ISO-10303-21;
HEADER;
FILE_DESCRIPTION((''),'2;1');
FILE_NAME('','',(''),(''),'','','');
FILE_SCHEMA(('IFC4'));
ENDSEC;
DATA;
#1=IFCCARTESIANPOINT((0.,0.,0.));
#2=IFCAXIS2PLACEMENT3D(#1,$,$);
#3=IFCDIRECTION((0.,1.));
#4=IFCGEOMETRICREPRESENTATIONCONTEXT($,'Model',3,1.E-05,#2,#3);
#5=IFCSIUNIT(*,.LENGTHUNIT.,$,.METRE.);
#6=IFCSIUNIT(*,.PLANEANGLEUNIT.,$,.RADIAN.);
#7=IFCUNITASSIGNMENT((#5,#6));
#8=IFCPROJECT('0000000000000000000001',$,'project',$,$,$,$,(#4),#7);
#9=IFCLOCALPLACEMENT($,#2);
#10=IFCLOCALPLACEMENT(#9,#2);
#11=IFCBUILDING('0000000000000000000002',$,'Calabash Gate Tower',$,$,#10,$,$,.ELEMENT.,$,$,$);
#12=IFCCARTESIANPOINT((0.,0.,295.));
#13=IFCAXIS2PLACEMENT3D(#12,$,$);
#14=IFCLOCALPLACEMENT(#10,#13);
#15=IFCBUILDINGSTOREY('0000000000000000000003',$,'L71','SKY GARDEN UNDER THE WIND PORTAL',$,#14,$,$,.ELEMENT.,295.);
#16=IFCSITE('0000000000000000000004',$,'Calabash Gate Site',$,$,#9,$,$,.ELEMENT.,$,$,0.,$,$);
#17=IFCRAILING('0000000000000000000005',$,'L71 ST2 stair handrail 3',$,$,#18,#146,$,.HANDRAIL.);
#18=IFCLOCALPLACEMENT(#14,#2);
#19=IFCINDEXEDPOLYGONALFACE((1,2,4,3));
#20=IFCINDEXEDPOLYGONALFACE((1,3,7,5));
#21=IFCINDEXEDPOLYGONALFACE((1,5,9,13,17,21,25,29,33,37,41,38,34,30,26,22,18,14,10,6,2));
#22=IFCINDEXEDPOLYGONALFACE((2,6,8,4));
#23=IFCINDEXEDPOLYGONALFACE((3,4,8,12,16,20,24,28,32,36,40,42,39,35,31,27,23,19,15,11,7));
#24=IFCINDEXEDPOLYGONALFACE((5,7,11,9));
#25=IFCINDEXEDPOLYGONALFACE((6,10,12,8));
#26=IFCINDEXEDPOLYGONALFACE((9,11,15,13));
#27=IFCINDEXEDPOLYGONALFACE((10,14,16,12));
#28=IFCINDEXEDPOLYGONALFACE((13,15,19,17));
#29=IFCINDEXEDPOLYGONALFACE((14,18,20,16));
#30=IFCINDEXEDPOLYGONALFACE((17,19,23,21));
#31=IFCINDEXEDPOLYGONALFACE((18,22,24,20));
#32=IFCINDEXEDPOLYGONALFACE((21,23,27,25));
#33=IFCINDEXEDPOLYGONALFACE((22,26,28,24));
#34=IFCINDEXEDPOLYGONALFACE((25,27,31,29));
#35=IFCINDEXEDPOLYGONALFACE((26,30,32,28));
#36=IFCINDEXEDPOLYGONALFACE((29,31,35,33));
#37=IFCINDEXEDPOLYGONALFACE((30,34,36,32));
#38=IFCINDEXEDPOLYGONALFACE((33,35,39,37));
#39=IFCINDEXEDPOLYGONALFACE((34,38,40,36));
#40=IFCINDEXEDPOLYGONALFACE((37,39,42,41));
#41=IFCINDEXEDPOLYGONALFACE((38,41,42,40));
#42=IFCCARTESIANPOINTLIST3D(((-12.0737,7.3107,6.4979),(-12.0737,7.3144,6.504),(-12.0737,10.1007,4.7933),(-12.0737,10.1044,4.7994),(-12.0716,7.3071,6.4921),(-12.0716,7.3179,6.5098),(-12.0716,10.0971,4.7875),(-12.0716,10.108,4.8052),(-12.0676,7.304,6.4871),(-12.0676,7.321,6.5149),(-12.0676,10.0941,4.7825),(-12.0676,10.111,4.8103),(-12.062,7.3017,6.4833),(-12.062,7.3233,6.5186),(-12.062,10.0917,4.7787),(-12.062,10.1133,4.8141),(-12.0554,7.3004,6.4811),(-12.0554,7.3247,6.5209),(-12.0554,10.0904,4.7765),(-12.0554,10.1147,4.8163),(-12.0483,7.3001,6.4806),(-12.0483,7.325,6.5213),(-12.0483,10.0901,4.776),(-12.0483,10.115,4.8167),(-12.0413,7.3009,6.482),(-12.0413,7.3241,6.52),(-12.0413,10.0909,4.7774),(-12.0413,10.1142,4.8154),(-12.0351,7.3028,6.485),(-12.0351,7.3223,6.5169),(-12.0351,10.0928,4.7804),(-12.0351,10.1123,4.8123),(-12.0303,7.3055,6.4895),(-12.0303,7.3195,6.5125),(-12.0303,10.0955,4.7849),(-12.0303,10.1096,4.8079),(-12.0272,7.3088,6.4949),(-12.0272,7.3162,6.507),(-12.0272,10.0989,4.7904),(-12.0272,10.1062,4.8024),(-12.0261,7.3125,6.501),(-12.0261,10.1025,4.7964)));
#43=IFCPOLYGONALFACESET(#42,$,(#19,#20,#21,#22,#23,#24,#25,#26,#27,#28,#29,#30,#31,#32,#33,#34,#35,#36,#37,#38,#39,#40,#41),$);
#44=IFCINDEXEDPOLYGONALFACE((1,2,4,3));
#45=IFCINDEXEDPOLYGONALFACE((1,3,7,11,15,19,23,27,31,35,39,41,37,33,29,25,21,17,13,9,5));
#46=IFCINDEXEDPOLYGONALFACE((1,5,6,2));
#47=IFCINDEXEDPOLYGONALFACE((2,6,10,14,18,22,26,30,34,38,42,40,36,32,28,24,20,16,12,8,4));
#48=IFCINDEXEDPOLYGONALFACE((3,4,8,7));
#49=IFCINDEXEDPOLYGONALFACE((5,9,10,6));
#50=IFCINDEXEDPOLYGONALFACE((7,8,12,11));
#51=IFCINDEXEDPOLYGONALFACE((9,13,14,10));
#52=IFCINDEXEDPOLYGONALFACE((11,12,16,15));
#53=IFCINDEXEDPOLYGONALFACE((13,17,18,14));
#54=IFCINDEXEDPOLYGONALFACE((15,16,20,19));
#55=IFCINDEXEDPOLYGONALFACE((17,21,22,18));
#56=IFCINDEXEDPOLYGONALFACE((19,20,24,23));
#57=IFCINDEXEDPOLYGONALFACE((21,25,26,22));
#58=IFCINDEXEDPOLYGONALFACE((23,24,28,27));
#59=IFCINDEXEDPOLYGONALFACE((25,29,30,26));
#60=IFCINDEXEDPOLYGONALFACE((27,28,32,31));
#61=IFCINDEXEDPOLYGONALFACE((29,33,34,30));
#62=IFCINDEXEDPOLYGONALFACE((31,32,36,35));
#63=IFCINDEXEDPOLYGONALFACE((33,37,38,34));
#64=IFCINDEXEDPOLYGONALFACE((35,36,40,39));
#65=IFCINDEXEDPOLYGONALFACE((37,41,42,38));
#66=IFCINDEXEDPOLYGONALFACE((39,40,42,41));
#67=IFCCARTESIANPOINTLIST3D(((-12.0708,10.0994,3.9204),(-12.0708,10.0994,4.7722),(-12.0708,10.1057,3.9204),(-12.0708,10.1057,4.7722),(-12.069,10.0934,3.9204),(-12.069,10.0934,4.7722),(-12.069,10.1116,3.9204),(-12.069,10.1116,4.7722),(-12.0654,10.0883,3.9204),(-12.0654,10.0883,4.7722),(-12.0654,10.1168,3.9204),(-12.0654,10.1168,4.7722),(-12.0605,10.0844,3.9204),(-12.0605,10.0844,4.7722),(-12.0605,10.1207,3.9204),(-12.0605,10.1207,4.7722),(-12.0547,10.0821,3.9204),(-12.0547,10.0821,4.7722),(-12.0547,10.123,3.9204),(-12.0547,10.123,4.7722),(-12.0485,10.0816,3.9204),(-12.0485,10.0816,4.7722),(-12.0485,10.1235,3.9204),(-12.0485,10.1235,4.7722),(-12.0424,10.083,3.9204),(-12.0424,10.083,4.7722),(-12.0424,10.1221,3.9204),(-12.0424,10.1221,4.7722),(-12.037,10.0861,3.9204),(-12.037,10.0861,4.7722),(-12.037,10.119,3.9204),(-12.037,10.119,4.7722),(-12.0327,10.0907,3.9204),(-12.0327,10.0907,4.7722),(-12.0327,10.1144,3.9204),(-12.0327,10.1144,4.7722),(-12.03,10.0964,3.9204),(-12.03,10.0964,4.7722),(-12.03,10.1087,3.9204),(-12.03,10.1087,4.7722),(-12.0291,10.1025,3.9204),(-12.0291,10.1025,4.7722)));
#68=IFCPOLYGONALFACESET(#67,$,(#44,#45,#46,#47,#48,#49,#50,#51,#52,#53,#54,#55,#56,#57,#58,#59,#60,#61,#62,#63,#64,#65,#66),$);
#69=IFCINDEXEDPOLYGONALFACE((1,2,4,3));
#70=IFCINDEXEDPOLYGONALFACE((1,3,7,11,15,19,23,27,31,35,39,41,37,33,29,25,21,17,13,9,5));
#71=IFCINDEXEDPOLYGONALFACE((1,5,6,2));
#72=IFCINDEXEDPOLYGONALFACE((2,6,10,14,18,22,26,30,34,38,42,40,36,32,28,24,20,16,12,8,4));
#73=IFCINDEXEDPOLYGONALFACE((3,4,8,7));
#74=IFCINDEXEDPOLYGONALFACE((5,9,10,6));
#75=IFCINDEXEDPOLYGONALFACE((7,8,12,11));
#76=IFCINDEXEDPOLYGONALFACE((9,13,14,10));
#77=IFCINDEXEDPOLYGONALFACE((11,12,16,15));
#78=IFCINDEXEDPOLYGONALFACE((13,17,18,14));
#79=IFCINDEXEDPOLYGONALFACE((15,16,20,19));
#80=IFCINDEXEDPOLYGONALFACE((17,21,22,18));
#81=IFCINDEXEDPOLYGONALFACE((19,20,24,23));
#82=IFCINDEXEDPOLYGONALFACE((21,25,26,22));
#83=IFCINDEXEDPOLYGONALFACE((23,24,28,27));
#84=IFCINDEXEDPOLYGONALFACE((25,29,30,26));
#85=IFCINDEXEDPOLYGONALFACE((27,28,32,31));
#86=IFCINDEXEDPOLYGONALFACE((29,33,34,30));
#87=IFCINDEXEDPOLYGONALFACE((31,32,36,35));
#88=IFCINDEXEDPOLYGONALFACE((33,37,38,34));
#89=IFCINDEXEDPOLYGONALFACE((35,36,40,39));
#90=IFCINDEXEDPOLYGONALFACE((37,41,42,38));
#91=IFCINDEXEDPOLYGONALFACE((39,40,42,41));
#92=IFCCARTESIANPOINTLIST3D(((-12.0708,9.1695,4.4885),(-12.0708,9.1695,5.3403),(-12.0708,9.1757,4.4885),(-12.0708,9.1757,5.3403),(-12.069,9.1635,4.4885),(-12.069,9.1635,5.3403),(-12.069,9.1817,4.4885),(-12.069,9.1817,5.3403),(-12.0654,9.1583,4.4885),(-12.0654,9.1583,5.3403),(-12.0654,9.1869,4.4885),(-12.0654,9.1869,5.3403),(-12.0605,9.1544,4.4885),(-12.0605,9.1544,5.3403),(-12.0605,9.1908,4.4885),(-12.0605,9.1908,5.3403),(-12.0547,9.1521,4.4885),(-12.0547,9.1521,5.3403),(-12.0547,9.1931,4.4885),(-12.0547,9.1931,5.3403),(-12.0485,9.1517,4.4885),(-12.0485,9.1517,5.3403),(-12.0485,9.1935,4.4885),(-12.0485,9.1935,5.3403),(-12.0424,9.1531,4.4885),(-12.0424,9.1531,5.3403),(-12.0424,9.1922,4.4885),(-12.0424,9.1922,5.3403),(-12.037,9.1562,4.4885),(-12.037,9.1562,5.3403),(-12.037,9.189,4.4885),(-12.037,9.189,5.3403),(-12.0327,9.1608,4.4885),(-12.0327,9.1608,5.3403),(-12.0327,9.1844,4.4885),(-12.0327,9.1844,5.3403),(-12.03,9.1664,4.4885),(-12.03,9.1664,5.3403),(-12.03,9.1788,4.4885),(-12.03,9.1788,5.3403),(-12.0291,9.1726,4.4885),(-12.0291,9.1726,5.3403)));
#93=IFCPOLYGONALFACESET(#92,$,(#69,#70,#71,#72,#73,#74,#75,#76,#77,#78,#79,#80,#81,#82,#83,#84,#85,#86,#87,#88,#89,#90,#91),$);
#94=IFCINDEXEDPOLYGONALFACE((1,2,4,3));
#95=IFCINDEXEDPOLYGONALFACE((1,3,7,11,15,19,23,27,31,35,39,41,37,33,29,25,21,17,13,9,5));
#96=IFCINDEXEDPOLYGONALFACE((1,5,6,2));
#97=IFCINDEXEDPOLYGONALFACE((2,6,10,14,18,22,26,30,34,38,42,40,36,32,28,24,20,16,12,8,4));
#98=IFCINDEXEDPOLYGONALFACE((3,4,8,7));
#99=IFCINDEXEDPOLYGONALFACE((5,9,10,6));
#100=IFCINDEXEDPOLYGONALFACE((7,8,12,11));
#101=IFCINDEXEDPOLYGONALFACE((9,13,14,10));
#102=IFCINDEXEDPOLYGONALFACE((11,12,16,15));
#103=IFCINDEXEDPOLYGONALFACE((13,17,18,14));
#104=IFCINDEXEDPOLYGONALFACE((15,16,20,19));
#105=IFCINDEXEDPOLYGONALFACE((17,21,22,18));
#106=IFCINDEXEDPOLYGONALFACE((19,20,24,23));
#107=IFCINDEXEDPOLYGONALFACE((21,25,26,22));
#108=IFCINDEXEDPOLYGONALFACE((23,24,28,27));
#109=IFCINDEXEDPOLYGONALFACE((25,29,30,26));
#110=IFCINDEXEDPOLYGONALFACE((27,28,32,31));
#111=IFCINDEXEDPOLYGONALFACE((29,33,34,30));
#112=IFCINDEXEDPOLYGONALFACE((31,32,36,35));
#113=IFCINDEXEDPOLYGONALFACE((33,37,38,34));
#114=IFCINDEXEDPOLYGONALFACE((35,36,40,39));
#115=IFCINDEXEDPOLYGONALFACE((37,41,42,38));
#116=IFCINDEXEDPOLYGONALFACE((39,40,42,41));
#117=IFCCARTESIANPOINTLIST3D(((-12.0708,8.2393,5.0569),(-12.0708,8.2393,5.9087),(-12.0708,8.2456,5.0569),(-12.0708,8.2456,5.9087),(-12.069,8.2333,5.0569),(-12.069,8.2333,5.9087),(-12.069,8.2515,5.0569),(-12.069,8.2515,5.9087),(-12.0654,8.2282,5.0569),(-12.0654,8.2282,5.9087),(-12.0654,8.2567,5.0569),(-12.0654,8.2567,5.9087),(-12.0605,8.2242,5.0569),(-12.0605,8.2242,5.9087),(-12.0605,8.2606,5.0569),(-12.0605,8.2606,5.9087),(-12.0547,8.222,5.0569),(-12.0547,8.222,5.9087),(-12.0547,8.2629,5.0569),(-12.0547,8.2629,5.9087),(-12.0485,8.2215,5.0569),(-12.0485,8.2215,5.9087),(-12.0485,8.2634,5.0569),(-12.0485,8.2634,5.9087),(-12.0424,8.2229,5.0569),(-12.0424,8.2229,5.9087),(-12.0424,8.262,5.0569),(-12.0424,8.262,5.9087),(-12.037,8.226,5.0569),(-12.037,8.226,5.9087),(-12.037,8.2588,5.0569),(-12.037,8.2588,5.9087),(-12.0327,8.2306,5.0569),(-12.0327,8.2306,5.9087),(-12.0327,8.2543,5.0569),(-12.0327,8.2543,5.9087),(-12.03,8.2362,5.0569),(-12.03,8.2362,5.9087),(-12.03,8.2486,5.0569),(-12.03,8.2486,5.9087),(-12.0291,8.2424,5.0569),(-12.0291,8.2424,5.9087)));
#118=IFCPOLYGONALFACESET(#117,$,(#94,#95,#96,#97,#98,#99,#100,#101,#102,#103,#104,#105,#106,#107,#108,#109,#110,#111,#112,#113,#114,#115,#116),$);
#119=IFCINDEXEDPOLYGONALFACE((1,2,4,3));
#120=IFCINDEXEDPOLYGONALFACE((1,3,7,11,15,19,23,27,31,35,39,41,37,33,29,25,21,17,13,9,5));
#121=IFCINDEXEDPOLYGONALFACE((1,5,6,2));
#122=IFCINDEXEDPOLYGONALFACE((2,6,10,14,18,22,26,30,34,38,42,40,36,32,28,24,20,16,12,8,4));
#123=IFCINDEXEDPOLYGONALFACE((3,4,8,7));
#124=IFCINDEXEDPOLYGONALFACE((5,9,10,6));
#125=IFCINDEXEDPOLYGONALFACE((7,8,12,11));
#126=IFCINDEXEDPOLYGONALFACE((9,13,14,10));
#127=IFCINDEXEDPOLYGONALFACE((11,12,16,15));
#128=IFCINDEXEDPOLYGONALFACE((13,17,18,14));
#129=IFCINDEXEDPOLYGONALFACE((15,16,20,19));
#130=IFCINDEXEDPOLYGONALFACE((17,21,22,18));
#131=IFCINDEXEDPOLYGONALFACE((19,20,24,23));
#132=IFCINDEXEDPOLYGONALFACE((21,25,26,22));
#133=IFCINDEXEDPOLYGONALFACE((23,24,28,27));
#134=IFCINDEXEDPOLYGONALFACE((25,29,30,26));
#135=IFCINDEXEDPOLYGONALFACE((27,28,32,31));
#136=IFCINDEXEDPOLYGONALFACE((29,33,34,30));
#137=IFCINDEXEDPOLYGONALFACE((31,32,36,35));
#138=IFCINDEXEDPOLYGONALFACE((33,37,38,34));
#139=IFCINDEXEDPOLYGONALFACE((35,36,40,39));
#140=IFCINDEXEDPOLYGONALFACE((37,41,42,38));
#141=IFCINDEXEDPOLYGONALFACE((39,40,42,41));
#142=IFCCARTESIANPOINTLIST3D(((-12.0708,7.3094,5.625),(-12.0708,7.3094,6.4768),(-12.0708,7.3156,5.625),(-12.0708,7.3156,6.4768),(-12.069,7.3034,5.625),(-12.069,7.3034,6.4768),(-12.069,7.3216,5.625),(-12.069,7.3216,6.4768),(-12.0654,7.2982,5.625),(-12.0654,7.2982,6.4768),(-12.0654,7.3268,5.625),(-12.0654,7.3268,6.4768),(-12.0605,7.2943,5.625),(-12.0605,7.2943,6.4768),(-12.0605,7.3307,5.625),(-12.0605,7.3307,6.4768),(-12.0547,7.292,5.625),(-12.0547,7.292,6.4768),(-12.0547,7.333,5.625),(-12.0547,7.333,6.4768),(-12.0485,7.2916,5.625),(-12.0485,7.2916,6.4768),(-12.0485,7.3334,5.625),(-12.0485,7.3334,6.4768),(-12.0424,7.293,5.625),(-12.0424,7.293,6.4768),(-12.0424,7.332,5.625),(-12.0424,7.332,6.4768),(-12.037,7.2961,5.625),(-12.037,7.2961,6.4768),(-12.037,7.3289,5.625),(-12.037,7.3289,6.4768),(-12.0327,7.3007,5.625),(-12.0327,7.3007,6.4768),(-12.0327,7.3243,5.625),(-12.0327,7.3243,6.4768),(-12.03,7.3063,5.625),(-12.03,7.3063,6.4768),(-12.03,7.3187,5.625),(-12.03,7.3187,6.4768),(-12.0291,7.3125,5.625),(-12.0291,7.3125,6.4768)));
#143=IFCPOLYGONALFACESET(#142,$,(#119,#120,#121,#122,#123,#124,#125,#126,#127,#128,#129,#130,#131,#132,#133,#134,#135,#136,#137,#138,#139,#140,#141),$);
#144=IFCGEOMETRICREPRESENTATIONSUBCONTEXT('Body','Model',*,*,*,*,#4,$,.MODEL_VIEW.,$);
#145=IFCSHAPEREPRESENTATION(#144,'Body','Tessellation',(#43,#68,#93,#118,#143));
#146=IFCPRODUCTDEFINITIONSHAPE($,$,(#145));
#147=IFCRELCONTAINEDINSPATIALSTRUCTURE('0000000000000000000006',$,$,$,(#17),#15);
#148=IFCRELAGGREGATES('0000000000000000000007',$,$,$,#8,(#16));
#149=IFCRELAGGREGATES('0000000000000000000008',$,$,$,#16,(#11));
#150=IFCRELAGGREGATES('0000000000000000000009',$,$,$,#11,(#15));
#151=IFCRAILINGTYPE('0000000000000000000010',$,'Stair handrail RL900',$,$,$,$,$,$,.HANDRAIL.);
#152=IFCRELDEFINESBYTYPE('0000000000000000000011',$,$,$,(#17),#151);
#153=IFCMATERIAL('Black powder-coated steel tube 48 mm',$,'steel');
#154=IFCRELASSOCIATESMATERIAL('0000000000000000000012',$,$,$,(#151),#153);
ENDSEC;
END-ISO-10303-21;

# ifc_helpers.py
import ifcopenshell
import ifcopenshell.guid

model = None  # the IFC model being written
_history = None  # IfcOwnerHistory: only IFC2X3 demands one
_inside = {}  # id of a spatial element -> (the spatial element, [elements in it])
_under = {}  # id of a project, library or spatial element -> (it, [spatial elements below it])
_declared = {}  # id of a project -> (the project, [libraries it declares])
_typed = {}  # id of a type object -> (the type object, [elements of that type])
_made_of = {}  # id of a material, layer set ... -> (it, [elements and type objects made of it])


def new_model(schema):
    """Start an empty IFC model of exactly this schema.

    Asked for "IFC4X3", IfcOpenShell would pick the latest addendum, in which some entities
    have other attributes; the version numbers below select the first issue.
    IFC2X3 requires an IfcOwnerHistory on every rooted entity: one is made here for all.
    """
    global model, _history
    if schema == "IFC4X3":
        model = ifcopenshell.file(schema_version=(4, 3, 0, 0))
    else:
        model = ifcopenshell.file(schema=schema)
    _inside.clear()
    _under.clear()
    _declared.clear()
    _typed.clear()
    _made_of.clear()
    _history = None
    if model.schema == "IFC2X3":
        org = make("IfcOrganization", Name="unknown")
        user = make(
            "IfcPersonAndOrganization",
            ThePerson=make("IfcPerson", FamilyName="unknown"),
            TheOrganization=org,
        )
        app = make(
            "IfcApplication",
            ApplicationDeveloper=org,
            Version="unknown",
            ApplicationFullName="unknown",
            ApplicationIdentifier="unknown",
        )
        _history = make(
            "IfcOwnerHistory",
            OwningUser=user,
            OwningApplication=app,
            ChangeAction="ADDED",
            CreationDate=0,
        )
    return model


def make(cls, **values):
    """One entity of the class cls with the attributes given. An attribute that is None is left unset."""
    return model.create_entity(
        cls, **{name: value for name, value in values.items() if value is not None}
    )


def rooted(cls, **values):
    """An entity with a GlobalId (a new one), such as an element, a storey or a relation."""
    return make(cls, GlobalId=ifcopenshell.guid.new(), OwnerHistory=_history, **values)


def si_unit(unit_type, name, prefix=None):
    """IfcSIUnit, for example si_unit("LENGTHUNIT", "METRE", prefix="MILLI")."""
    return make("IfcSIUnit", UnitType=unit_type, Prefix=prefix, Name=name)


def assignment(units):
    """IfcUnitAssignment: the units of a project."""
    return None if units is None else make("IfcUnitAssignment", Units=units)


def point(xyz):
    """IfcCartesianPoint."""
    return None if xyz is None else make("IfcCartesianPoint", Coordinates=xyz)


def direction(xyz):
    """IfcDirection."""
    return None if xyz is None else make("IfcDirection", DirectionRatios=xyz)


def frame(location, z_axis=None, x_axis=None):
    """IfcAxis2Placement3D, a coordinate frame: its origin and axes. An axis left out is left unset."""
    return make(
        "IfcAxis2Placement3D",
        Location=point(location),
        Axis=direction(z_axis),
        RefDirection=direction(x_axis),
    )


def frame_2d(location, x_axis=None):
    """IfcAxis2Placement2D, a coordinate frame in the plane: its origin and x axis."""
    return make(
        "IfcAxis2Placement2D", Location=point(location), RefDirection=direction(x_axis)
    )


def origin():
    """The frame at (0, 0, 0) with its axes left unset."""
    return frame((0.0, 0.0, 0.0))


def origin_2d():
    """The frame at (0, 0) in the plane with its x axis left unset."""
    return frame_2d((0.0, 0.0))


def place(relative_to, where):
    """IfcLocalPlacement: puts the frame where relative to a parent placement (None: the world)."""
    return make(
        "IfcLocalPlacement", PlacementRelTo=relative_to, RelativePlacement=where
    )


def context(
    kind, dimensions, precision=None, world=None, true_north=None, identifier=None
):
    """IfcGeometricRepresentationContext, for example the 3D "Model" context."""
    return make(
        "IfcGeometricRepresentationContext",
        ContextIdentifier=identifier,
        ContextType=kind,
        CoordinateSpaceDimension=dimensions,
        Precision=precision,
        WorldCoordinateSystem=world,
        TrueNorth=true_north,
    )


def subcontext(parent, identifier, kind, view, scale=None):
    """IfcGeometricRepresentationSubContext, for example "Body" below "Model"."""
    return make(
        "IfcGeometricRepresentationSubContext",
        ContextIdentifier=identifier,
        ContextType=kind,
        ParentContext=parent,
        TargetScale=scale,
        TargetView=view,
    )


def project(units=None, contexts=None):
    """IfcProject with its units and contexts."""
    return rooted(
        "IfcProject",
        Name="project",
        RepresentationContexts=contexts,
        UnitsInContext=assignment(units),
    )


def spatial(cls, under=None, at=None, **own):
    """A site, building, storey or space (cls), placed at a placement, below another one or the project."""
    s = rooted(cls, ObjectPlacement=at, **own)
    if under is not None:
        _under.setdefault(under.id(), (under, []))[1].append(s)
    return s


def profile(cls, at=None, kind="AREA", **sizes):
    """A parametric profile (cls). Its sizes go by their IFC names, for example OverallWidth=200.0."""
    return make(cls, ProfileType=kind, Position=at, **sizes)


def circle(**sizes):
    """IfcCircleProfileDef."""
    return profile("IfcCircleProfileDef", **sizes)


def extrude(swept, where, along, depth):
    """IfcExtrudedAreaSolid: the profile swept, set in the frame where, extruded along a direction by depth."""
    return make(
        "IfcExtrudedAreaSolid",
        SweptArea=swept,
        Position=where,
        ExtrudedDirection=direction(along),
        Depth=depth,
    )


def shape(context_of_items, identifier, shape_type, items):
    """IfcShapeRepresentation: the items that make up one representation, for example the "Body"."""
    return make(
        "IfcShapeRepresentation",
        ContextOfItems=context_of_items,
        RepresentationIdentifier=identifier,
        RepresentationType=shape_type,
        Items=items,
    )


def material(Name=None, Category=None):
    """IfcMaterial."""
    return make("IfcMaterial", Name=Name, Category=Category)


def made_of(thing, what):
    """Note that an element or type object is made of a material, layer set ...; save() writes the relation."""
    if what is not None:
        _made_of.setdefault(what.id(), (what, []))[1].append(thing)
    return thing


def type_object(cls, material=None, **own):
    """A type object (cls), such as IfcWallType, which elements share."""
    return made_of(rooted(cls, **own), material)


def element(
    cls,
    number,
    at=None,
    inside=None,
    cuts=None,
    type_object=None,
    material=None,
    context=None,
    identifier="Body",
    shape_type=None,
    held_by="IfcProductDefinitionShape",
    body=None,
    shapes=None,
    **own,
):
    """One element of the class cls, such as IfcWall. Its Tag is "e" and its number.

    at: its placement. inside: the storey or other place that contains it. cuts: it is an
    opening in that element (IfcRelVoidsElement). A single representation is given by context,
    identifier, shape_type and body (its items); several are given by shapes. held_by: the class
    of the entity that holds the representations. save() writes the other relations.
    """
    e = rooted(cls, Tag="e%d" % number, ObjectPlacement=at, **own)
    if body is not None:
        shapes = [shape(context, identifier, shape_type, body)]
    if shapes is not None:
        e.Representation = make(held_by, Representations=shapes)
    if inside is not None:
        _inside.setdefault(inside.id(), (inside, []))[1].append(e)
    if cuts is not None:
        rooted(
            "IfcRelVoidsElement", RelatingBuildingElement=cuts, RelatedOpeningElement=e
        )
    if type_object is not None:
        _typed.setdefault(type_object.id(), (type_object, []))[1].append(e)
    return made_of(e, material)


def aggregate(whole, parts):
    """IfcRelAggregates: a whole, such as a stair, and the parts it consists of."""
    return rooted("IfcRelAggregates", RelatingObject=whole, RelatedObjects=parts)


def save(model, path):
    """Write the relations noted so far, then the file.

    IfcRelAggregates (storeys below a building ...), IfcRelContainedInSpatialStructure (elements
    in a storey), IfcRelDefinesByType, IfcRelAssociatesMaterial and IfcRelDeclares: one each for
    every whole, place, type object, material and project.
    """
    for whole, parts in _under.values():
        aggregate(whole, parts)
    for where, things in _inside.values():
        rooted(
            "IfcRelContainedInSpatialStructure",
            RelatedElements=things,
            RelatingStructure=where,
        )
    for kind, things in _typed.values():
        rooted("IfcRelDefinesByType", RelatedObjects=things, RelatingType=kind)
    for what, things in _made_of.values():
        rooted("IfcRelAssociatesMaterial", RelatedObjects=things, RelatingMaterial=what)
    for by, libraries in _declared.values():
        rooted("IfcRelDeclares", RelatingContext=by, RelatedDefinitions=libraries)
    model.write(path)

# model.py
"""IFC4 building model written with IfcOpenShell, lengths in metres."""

from ifc_helpers import new_model, si_unit, direction, frame, origin, origin_2d, place, context, subcontext, project, spatial, circle, extrude, material, type_object, element, save


model = new_model("IFC4")

# Units and contexts
model_context = context("Model", 3, precision=1e-05, world=origin(), true_north=direction((0.0, 1.0)))
body_context = subcontext(model_context, "Body", "Model", "MODEL_VIEW")
ifc_project = project(units=[si_unit("LENGTHUNIT", "METRE"), si_unit("PLANEANGLEUNIT", "RADIAN")], contexts=[model_context])

# Site, building, storey
site_placement = place(None, origin())
site = spatial("IfcSite", under=ifc_project, at=site_placement, Name="Calabash Gate Site", CompositionType="ELEMENT", RefElevation=0.0)
building_placement = place(site_placement, origin())
building = spatial("IfcBuilding", under=site, at=building_placement, Name="Calabash Gate Tower", CompositionType="ELEMENT")
storey_placement = place(building_placement, frame((0.0, 0.0, 295.0)))
storey = spatial("IfcBuildingStorey", under=building, at=storey_placement, Name="L71", Description="SKY GARDEN UNDER THE WIND PORTAL", CompositionType="ELEMENT", Elevation=295.0)

# Railing
ifc_material_1 = material(Name="Black powder-coated steel tube 48 mm", Category="steel")
railing_type_1 = type_object("IfcRailingType", Name="Stair handrail RL900", PredefinedType="HANDRAIL", material=ifc_material_1)
railing_1_placement = place(storey_placement, frame((-12.05, 10.1025, 3.9204)))
element("IfcRailing", 1, at=railing_1_placement, inside=storey, type_object=railing_type_1, Name="L71 ST2 stair handrail 3", PredefinedType="HANDRAIL", context=body_context, shape_type="SweptSolid", body=[
    extrude(circle(Radius=0.0239, at=origin_2d()), frame((0.0, 0.0, 0.876), z_axis=(0.0, -0.853341, 0.521353), x_axis=(1.0, 0.0, 0.0)), (0.0, 0.0, 1.0), 3.2695),
    extrude(circle(Radius=0.021, at=origin_2d()), origin(), (0.0, 0.0, 1.0), 0.8518),
    extrude(circle(Radius=0.021, at=origin_2d()), frame((0.0, -0.9299, 0.5681)), (0.0, 0.0, 1.0), 0.8518),
    extrude(circle(Radius=0.021, at=origin_2d()), frame((0.0, -1.8601, 1.1365)), (0.0, 0.0, 1.0), 0.8518),
    extrude(circle(Radius=0.021, at=origin_2d()), frame((0.0, -2.79, 1.7046)), (0.0, 0.0, 1.0), 0.8518),
])

save(model, "model.ifc")
